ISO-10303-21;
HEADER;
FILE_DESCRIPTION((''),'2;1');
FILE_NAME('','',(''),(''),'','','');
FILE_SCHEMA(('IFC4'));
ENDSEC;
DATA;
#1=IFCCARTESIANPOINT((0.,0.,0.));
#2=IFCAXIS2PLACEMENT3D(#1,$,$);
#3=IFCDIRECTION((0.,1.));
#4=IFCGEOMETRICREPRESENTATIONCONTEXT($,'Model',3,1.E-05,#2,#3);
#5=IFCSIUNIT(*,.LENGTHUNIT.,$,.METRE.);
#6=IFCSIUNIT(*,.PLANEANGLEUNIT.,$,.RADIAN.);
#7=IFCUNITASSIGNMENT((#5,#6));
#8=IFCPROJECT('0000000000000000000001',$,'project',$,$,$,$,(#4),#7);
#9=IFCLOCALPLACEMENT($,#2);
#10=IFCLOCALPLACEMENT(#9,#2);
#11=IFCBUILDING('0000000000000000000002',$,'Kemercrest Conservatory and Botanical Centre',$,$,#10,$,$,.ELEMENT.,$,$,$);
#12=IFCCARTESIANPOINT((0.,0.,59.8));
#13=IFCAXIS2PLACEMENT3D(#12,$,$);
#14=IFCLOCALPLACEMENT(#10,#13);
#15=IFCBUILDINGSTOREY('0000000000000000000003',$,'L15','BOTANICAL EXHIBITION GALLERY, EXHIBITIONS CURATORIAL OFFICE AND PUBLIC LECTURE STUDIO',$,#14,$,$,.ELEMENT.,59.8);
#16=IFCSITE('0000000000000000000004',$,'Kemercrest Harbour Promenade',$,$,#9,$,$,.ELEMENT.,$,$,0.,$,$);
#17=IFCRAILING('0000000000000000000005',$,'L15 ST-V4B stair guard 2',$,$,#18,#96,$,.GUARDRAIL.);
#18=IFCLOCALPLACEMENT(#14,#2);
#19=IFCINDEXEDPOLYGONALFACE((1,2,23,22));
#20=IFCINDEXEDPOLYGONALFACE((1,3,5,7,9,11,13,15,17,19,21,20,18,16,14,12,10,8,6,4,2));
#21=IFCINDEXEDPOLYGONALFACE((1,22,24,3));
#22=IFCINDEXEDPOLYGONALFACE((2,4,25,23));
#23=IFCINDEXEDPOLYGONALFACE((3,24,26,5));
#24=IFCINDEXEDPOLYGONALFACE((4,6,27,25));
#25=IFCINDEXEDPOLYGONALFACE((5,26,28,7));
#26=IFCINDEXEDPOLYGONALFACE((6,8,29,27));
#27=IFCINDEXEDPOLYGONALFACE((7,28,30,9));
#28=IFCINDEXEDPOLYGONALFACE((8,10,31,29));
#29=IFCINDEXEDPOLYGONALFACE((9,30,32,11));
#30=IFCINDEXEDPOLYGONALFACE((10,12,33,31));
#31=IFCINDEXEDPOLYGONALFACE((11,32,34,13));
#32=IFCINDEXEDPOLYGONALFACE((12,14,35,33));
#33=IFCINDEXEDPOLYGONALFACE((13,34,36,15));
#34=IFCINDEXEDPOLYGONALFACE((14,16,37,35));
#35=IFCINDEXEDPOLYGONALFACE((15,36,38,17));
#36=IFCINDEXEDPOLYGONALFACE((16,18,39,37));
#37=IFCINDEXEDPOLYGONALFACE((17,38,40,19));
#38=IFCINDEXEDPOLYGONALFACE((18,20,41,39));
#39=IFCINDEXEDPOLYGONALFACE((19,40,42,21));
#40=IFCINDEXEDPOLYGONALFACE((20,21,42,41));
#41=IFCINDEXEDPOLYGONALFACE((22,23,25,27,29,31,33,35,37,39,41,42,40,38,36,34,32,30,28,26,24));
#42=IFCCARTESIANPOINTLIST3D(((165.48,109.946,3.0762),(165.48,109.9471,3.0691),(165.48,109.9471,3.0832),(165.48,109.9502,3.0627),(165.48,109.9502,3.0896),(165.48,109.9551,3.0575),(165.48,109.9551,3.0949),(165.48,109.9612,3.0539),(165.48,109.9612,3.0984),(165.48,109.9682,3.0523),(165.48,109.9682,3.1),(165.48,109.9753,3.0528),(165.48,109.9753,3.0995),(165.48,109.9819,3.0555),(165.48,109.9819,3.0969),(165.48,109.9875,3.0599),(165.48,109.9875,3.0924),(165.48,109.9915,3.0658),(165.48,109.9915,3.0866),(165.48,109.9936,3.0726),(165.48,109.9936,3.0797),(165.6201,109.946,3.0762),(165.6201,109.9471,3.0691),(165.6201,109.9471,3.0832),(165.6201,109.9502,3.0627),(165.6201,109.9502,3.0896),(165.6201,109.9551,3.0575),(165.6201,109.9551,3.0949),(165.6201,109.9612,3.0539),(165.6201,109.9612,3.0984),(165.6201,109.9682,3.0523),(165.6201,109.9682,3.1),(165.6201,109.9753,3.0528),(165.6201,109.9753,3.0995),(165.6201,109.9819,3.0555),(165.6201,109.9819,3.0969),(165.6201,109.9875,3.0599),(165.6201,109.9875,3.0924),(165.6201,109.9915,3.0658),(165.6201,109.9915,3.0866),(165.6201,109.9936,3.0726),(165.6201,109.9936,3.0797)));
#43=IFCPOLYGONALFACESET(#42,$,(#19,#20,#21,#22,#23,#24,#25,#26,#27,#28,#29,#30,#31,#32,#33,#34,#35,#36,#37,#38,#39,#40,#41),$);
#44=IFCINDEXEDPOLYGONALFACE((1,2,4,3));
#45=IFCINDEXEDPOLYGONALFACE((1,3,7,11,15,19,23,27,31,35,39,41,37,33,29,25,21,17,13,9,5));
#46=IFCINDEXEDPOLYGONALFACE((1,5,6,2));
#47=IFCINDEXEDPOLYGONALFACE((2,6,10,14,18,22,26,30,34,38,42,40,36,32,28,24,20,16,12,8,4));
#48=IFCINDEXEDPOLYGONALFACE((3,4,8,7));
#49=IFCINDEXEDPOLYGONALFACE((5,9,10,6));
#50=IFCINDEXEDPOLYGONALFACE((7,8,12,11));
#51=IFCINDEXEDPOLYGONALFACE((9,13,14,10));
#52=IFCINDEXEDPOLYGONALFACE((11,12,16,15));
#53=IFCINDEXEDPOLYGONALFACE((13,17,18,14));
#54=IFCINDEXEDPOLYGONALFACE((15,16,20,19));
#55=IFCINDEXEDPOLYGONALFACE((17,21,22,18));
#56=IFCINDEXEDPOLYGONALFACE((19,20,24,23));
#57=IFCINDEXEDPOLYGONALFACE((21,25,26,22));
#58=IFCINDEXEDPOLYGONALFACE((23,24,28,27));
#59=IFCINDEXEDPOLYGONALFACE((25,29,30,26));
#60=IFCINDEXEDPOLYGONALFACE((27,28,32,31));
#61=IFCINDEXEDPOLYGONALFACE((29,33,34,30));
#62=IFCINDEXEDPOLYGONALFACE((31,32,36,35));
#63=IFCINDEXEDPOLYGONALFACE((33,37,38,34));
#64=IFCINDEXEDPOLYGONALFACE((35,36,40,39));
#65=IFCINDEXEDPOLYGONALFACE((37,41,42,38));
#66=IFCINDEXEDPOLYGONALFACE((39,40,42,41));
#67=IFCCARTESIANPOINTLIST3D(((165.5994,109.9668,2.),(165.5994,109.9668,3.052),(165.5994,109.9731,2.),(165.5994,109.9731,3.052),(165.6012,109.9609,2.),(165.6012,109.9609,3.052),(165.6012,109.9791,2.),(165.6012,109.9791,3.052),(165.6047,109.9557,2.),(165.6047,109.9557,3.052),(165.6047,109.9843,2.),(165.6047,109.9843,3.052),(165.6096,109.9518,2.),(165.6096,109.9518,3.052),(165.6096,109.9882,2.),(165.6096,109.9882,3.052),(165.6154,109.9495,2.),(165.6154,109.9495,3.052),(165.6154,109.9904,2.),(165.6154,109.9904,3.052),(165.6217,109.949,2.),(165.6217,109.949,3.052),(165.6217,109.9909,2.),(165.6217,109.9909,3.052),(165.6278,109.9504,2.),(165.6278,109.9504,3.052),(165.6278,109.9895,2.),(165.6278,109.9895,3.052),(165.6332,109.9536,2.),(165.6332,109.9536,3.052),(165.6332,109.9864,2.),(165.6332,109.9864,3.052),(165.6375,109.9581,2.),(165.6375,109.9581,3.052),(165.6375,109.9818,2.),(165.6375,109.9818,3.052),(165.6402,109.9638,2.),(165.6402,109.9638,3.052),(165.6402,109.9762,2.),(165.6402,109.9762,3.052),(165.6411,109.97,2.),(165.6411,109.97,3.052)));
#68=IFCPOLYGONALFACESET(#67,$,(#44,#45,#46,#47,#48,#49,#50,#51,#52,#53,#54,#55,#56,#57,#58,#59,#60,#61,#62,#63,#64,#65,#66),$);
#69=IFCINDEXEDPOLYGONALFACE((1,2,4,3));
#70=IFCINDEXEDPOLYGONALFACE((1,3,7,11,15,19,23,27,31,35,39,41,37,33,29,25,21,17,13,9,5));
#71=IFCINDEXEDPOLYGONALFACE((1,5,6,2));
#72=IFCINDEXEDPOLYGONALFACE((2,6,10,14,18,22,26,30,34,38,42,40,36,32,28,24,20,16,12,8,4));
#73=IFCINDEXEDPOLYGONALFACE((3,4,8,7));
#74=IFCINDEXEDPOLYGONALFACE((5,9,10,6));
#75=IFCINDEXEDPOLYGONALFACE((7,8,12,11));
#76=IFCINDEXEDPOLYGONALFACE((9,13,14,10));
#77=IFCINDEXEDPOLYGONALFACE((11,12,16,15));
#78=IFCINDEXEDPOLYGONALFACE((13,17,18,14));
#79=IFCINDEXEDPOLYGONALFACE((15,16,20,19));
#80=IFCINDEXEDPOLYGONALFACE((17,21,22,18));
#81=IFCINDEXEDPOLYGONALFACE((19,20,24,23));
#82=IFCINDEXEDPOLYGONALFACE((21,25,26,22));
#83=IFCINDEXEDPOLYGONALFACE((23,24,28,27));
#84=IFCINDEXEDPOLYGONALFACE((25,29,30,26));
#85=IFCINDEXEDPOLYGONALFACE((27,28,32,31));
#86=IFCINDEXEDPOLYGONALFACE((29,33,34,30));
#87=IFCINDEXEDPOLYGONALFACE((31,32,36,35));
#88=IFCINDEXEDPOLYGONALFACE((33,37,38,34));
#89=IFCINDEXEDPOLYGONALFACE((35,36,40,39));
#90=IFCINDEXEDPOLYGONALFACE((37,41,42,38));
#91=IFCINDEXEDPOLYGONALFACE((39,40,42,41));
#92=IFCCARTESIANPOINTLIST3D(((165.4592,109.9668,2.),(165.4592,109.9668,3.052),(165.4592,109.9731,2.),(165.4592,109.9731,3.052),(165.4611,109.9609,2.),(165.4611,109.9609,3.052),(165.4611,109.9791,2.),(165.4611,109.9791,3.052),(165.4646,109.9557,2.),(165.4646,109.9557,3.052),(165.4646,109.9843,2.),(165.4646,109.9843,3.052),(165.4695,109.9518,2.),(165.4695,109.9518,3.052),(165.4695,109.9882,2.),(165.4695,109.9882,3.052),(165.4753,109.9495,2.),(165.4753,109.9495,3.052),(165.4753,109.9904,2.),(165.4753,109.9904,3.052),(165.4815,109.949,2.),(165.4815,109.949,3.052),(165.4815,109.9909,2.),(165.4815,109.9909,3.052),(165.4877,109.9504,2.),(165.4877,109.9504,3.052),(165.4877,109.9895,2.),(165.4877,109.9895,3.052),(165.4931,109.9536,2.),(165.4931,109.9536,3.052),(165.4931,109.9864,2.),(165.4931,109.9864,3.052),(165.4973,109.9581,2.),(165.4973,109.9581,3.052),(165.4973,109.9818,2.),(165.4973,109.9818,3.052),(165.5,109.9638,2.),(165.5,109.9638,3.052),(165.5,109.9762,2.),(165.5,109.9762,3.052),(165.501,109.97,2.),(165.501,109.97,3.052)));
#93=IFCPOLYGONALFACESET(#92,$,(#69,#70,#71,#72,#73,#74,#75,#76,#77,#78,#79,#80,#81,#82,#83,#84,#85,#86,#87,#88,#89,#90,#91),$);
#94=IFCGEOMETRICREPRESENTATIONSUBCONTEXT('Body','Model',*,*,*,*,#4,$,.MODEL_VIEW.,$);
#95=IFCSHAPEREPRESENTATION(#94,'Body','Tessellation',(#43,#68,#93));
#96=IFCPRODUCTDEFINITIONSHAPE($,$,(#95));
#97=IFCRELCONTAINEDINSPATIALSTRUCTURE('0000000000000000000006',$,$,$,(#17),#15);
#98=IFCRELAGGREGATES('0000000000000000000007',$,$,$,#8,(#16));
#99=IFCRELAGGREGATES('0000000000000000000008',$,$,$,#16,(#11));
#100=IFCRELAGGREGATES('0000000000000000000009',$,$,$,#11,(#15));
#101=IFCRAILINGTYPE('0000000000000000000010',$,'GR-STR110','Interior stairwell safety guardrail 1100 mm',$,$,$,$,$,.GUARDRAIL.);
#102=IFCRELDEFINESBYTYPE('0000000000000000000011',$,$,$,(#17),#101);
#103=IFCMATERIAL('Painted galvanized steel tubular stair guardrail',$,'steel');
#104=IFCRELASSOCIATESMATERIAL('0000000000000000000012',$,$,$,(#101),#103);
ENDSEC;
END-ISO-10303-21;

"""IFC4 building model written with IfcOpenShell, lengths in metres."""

from ifc_helpers import new_model, si_unit, direction, frame, origin, origin_2d, place, context, subcontext, project, spatial, circle, extrude, material, type_object, element, save


model = new_model("IFC4")

# Units and contexts
model_context = context("Model", 3, precision=1e-05, world=origin(), true_north=direction((0.0, 1.0)))
body_context = subcontext(model_context, "Body", "Model", "MODEL_VIEW")
ifc_project = project(units=[si_unit("LENGTHUNIT", "METRE"), si_unit("PLANEANGLEUNIT", "RADIAN")], contexts=[model_context])

# Site, building, storey
site_placement = place(None, origin())
site = spatial("IfcSite", under=ifc_project, at=site_placement, Name="Kemercrest Harbour Promenade", CompositionType="ELEMENT", RefElevation=0.0)
building_placement = place(site_placement, origin())
building = spatial("IfcBuilding", under=site, at=building_placement, Name="Kemercrest Conservatory and Botanical Centre", CompositionType="ELEMENT")
storey_placement = place(building_placement, frame((0.0, 0.0, 59.8)))
storey = spatial("IfcBuildingStorey", under=building, at=storey_placement, Name="L15", Description="BOTANICAL EXHIBITION GALLERY, EXHIBITIONS CURATORIAL OFFICE AND PUBLIC LECTURE STUDIO", CompositionType="ELEMENT", Elevation=59.8)

# Railing
ifc_material_1 = material(Name="Painted galvanized steel tubular stair guardrail", Category="steel")
railing_type_1 = type_object("IfcRailingType", Name="GR-STR110", Description="Interior stairwell safety guardrail 1100 mm", PredefinedType="GUARDRAIL", material=ifc_material_1)
railing_1_placement = place(storey_placement, frame((165.6201, 109.97, 2.0)))
element("IfcRailing", 1, at=railing_1_placement, inside=storey, type_object=railing_type_1, Name="L15 ST-V4B stair guard 2", PredefinedType="GUARDRAIL", context=body_context, shape_type="SweptSolid", body=[
    extrude(circle(Radius=0.0239, at=origin_2d()), frame((0.0, 0.0, 1.0762), z_axis=(-1.0, 0.0, 0.0), x_axis=(0.0, -1.0, 0.0)), (0.0, 0.0, 1.0), 0.1401),
    extrude(circle(Radius=0.021, at=origin_2d()), origin(), (0.0, 0.0, 1.0), 1.052),
    extrude(circle(Radius=0.021, at=origin_2d()), frame((-0.1401, 0.0, 0.0)), (0.0, 0.0, 1.0), 1.052),
])

save(model, "model.ifc")
